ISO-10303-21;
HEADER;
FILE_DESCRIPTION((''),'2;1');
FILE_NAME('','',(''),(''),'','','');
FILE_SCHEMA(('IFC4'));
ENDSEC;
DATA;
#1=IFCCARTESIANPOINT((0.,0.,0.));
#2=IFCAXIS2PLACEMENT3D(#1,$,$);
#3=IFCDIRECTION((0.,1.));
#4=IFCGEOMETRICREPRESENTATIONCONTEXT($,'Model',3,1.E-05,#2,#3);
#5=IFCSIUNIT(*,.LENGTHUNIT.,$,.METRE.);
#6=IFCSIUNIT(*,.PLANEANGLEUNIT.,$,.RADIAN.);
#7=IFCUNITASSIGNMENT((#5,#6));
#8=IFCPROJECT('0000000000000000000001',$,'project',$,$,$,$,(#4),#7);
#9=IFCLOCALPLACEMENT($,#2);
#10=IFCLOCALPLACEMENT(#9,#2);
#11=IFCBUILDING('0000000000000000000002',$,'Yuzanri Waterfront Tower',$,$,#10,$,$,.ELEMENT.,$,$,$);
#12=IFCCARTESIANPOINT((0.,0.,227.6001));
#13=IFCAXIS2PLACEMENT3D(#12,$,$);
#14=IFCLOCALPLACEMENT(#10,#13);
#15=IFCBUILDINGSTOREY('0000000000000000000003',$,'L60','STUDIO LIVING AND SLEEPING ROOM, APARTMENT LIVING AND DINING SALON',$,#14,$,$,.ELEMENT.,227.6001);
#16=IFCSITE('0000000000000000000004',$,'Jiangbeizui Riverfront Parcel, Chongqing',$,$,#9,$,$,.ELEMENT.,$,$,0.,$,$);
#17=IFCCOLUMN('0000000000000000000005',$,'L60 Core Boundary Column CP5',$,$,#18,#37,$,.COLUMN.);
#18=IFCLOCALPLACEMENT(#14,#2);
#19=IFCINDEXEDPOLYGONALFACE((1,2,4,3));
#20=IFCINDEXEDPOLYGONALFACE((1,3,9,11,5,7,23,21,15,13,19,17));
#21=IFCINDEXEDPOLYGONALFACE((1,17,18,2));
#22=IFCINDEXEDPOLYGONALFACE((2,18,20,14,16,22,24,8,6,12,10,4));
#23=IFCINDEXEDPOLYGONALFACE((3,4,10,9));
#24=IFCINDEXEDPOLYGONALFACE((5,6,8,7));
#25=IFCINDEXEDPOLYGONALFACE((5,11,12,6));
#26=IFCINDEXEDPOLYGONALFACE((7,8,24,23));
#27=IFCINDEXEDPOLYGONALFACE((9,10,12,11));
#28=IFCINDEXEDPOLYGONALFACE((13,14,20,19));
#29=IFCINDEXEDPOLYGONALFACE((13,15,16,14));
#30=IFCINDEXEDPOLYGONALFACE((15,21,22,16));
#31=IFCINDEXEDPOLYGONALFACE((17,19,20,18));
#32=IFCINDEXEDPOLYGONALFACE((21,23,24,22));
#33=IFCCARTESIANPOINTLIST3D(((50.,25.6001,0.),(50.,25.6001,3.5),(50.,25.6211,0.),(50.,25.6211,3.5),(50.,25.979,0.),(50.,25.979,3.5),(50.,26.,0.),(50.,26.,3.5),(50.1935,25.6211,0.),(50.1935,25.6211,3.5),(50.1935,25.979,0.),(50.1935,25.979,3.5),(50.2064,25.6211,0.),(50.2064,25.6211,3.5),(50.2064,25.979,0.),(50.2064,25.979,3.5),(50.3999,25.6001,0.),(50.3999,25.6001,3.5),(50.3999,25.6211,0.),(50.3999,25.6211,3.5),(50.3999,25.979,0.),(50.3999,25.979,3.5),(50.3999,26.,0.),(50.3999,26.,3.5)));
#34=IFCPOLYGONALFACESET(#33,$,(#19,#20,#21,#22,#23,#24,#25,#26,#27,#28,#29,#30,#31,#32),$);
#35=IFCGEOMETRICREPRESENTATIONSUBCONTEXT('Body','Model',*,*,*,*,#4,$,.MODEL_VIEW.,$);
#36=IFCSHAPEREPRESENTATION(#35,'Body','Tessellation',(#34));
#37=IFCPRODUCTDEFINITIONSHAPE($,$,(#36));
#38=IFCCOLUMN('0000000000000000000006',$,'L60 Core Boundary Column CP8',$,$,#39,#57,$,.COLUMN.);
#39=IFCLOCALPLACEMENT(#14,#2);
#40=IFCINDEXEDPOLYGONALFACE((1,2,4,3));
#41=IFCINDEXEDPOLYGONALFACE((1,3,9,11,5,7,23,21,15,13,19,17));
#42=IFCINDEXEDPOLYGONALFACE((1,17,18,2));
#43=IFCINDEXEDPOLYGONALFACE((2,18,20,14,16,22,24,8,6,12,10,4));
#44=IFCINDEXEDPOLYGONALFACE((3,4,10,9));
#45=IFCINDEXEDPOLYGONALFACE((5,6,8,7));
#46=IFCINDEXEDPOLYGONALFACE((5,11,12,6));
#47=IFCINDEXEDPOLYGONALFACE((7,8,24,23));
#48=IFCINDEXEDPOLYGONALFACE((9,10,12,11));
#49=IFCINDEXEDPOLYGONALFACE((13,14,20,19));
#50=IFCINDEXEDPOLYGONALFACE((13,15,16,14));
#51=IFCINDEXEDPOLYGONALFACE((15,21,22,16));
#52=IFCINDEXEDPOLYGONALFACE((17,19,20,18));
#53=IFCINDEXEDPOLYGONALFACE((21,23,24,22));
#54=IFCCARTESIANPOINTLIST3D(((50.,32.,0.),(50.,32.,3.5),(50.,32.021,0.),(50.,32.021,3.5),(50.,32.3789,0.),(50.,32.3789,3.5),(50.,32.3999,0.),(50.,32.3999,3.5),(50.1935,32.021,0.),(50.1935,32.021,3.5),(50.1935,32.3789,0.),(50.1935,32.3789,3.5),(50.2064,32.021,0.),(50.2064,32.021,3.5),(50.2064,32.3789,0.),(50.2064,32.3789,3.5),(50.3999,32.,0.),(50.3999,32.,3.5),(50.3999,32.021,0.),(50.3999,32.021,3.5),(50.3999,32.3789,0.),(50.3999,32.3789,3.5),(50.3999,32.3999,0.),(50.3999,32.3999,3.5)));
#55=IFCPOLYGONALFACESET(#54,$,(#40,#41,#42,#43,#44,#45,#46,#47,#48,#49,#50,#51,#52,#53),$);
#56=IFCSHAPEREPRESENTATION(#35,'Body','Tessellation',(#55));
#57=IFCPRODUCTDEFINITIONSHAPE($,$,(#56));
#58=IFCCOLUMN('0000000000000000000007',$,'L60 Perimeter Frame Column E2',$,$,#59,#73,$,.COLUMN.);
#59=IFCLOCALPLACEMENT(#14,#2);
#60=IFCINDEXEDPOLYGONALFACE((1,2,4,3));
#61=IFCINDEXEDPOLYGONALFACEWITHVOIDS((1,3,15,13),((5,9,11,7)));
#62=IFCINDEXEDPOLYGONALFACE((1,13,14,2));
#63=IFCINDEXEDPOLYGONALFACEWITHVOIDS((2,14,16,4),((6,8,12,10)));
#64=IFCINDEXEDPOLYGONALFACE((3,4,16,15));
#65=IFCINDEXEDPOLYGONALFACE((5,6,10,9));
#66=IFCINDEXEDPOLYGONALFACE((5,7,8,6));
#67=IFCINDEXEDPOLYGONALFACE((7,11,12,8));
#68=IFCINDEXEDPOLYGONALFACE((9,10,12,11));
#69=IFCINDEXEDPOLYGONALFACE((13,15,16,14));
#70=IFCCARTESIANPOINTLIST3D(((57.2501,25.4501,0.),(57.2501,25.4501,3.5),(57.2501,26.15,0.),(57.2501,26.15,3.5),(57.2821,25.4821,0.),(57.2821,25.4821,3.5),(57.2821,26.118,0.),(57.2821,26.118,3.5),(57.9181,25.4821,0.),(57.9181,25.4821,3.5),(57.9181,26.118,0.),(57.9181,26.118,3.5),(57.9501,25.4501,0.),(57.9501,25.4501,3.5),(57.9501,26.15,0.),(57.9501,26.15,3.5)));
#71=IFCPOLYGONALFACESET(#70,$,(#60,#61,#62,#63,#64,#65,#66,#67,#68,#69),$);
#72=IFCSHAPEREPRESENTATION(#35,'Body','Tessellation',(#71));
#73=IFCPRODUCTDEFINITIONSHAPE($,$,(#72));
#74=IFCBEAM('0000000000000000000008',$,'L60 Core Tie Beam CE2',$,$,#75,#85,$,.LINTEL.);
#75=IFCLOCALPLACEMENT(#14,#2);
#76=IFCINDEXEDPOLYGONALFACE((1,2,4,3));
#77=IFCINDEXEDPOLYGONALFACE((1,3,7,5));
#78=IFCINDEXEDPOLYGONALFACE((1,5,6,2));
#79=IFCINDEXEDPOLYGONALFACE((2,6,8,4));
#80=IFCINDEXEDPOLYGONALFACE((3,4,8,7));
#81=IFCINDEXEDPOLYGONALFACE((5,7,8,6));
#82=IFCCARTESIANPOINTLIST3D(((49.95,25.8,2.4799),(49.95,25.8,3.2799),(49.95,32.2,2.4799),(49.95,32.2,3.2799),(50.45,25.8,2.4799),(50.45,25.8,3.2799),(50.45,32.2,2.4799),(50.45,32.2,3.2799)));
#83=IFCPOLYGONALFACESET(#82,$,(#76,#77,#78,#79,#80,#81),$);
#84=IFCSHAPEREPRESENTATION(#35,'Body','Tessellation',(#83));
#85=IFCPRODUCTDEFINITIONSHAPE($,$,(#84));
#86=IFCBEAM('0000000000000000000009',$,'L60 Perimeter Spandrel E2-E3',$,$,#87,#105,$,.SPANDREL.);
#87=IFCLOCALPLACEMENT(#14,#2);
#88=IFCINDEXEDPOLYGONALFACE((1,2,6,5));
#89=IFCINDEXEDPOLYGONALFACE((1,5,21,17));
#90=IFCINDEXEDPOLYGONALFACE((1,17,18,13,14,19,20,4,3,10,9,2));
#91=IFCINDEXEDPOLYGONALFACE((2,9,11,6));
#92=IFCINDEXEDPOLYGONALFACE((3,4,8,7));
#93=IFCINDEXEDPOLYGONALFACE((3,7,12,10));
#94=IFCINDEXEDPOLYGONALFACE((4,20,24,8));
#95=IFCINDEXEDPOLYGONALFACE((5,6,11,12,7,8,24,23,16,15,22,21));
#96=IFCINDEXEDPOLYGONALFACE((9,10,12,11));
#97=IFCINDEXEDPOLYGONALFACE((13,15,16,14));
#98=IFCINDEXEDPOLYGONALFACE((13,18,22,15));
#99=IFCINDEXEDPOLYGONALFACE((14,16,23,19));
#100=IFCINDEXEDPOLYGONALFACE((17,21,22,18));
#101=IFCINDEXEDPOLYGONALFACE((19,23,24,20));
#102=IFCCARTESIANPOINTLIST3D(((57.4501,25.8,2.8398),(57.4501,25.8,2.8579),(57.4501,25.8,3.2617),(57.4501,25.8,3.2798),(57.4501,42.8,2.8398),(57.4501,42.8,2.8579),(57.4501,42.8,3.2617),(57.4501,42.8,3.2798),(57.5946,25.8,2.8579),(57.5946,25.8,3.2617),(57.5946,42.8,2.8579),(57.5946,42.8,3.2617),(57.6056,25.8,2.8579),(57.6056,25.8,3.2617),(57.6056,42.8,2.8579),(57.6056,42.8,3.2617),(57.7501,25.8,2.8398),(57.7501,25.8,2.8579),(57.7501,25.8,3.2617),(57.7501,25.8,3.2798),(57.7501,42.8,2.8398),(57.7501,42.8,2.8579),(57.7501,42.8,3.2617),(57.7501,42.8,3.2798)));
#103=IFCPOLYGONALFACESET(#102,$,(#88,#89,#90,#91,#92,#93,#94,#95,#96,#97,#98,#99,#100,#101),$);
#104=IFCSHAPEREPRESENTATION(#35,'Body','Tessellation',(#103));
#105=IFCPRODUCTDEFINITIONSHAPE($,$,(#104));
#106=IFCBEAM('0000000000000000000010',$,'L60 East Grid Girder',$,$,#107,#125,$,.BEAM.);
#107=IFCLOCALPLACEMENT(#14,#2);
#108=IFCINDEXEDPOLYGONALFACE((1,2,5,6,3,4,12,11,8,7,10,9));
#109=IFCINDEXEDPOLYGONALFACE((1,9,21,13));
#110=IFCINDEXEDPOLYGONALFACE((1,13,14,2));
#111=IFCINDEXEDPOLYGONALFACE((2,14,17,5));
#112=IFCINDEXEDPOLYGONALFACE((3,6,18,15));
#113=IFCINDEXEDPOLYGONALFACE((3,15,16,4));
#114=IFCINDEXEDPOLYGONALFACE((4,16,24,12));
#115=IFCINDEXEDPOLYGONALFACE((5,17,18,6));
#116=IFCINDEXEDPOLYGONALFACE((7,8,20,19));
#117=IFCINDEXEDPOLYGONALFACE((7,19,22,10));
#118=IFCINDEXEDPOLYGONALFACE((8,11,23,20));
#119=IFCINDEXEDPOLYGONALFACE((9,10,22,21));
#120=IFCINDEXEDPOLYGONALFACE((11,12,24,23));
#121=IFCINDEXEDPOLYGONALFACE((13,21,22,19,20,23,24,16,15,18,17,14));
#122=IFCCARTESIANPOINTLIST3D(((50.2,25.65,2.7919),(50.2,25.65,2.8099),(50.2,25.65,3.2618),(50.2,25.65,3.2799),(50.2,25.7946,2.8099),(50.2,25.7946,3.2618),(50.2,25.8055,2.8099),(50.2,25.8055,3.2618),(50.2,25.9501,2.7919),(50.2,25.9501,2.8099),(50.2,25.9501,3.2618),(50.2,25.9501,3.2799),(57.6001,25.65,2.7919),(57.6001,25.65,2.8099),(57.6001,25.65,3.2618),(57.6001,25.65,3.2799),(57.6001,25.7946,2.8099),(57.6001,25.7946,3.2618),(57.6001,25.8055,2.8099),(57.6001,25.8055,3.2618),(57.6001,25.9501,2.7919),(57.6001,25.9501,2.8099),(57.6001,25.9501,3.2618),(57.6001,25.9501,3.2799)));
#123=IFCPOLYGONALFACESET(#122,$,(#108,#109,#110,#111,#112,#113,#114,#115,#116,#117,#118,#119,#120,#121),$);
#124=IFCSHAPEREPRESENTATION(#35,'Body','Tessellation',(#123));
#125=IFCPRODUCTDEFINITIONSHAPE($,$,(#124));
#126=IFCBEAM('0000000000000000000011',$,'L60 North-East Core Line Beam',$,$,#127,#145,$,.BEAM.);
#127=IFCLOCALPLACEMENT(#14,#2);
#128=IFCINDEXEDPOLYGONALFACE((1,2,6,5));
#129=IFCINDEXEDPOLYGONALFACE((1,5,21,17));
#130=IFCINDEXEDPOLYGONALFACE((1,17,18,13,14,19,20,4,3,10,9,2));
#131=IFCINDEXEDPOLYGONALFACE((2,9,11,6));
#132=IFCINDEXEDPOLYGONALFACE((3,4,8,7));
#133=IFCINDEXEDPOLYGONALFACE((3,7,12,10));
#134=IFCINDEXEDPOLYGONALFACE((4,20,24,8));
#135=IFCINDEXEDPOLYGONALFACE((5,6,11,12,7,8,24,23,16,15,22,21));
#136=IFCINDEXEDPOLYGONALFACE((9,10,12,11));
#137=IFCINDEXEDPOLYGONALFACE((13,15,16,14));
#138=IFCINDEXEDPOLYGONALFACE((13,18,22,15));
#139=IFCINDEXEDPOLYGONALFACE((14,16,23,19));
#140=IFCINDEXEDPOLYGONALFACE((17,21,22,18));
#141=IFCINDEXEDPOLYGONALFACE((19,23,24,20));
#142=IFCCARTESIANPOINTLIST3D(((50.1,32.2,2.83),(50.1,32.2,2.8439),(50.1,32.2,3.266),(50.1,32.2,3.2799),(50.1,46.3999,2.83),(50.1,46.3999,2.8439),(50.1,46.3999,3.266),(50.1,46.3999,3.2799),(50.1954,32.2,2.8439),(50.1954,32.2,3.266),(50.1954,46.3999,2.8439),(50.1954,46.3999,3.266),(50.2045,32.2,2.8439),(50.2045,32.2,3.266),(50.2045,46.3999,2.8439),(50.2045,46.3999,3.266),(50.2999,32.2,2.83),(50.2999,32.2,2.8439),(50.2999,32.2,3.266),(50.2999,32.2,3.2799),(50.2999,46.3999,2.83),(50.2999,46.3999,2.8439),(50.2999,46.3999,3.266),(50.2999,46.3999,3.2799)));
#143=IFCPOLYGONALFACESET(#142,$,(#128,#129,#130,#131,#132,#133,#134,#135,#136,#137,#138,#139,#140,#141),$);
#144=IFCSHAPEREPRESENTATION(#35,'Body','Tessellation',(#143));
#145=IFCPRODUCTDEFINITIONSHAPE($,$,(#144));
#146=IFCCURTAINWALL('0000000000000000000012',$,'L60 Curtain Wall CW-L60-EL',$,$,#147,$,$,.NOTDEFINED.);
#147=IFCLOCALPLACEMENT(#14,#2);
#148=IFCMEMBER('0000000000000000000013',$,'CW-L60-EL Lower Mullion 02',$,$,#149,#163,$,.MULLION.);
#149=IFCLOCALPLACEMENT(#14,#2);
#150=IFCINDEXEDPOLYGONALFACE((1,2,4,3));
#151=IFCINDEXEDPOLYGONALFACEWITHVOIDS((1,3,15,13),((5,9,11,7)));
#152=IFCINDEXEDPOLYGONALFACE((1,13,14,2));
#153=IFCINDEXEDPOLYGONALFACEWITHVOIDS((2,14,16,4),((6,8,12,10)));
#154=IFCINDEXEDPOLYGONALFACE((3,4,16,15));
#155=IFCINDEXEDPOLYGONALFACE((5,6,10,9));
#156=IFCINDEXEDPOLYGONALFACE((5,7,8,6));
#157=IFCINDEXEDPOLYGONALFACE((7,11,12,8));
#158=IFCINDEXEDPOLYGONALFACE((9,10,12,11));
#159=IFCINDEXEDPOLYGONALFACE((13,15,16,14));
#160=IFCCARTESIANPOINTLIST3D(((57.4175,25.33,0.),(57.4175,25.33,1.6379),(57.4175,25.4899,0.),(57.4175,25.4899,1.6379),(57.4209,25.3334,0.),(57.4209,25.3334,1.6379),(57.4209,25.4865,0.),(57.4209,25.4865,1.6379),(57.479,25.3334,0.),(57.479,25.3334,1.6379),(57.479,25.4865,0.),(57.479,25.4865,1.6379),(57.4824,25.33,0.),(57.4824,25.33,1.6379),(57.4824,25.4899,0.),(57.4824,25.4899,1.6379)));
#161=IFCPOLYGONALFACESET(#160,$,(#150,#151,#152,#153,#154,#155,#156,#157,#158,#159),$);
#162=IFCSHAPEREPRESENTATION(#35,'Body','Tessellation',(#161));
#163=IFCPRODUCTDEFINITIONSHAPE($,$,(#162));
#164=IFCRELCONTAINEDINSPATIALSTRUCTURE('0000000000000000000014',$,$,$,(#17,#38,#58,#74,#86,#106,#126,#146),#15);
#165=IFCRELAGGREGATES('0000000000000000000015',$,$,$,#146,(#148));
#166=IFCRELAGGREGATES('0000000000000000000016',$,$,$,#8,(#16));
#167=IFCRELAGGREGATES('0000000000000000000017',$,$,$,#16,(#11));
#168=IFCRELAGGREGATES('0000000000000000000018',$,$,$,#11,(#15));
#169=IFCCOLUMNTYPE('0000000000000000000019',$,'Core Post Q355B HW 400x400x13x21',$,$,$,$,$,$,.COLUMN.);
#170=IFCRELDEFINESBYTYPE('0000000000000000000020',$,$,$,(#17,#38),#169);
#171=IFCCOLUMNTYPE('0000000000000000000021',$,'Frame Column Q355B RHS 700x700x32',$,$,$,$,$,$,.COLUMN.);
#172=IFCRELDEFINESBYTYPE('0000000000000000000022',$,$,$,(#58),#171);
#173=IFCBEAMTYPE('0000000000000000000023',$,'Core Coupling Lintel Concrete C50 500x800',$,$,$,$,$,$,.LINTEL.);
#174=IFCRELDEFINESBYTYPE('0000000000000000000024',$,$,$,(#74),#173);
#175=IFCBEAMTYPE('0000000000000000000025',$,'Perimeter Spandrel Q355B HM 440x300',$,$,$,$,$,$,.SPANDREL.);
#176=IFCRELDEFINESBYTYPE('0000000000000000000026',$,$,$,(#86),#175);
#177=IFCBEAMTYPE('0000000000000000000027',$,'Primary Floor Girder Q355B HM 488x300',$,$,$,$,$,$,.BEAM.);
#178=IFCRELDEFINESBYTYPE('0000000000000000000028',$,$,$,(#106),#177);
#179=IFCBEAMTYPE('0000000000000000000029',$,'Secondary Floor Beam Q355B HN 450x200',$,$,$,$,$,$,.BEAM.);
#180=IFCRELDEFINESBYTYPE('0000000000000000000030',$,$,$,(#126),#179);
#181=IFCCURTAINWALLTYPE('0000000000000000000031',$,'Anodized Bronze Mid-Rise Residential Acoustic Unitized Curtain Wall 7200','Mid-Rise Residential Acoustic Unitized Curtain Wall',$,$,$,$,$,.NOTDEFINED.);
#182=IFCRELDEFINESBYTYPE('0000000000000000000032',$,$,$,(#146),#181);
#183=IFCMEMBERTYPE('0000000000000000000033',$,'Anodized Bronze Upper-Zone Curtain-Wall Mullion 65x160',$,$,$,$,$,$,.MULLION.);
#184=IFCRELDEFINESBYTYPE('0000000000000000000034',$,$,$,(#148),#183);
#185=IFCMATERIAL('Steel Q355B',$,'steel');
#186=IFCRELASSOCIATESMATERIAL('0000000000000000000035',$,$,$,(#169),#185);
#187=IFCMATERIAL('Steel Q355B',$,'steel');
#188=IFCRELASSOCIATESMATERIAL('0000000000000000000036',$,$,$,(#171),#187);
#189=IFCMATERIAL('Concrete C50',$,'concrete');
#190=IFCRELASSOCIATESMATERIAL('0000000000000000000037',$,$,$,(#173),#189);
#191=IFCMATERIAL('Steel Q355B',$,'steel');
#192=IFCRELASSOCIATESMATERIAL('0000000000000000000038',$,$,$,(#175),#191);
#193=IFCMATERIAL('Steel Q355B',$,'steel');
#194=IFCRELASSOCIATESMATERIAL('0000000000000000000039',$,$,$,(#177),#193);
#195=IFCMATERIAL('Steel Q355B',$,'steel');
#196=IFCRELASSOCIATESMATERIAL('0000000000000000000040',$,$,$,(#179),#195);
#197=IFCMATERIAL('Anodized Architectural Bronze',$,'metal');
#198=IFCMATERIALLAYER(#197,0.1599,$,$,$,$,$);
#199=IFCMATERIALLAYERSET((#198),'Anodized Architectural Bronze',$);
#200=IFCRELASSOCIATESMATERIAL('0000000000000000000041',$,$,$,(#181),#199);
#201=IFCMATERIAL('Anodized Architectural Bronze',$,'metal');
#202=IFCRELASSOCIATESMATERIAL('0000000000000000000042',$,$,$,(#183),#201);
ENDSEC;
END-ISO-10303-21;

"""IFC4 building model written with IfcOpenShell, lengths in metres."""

from ifc_helpers import new_model, si_unit, direction, frame, origin, origin_2d, place, context, subcontext, project, spatial, rectangle, hollow_rectangle, i_section, extrude, source, transform, mapped, material, layer, layer_set, material_profile, profile_set, type_object, element, aggregate, save


model = new_model("IFC4")

# Units and contexts
model_context = context("Model", 3, precision=1e-05, world=origin(), true_north=direction((0.0, 1.0)))
body_context = subcontext(model_context, "Body", "Model", "MODEL_VIEW")
ifc_project = project(units=[si_unit("LENGTHUNIT", "METRE"), si_unit("PLANEANGLEUNIT", "RADIAN")], contexts=[model_context])

# Site, building, storey
site_placement = place(None, origin())
site = spatial("IfcSite", under=ifc_project, at=site_placement, Name="Jiangbeizui Riverfront Parcel, Chongqing", CompositionType="ELEMENT", RefElevation=0.0)
building_placement = place(site_placement, origin())
building = spatial("IfcBuilding", under=site, at=building_placement, Name="Yuzanri Waterfront Tower", CompositionType="ELEMENT")
storey_placement = place(building_placement, frame((0.0, 0.0, 227.6001)))
storey = spatial("IfcBuildingStorey", under=building, at=storey_placement, Name="L60", Description="STUDIO LIVING AND SLEEPING ROOM, APARTMENT LIVING AND DINING SALON", CompositionType="ELEMENT", Elevation=227.6001)

# Columns
ifc_material_1 = material(Name="Steel Q355B", Category="steel")
ifc_material_profile_1 = material_profile(ifc_material_1, i_section(OverallWidth=0.3999, OverallDepth=0.3999, WebThickness=0.0129, FlangeThickness=0.021, at=origin_2d()), Name="HW 400x400x13x21")
ifc_profile_set_1 = profile_set([ifc_material_profile_1], Name="Steel Q355B")
column_type_1 = type_object("IfcColumnType", Name="Core Post Q355B HW 400x400x13x21", PredefinedType="COLUMN", material=ifc_profile_set_1)
shared_shape_1 = source(origin(), body_context, "Body", "SweptSolid", [
    extrude(i_section(OverallWidth=0.3999, OverallDepth=0.3999, WebThickness=0.0129, FlangeThickness=0.021, at=origin_2d()), origin(), (0.0, 0.0, 1.0), 3.5),
])
for number, where, z_axis, x_axis, name in (
    (1, (50.2, 25.8, 0.0), (0.0, 0.0, 1.0), (1.0, 0.0, 0.0), "L60 Core Boundary Column CP5"),
    (2, (50.2, 32.2, 0.0), (0.0, 0.0, 1.0), (1.0, 0.0, 0.0), "L60 Core Boundary Column CP8"),
):
    element("IfcColumn", number, at=place(storey_placement, frame(where, z_axis=z_axis, x_axis=x_axis)), inside=storey, type_object=column_type_1, Name=name, PredefinedType="COLUMN", context=body_context, shape_type="MappedRepresentation", body=[
        mapped(shared_shape_1, transform((0.0, 0.0, 0.0), scale=1.0)),
    ])
ifc_material_2 = material(Name="Steel Q355B", Category="steel")
ifc_material_profile_2 = material_profile(ifc_material_2, hollow_rectangle(XDim=0.7, YDim=0.7, WallThickness=0.032, at=origin_2d()), Name="RHS 700x700x32")
ifc_profile_set_2 = profile_set([ifc_material_profile_2], Name="Steel Q355B")
column_type_2 = type_object("IfcColumnType", Name="Frame Column Q355B RHS 700x700x32", PredefinedType="COLUMN", material=ifc_profile_set_2)
shared_shape_2 = source(origin(), body_context, "Body", "SweptSolid", [
    extrude(hollow_rectangle(XDim=0.7, YDim=0.7, WallThickness=0.032, at=origin_2d()), origin(), (0.0, 0.0, 1.0), 3.5),
])
column_placement = place(storey_placement, frame((57.6001, 25.8, 0.0), z_axis=(0.0, 0.0, 1.0), x_axis=(1.0, 0.0, 0.0)))
element("IfcColumn", 3, at=column_placement, inside=storey, type_object=column_type_2, Name="L60 Perimeter Frame Column E2", PredefinedType="COLUMN", context=body_context, shape_type="MappedRepresentation", body=[
    mapped(shared_shape_2, transform((0.0, 0.0, 0.0), scale=1.0)),
])

# Beams
ifc_material_3 = material(Name="Concrete C50", Category="concrete")
ifc_material_profile_3 = material_profile(ifc_material_3, rectangle(XDim=0.5, YDim=0.8, at=origin_2d()), Name="RC 500x800")
ifc_profile_set_3 = profile_set([ifc_material_profile_3], Name="Concrete C50")
beam_type_1 = type_object("IfcBeamType", Name="Core Coupling Lintel Concrete C50 500x800", PredefinedType="LINTEL", material=ifc_profile_set_3)
shared_shape_3 = source(origin(), body_context, "Body", "SweptSolid", [
    extrude(rectangle(XDim=0.5, YDim=0.8, at=origin_2d()), origin(), (0.0, 0.0, 1.0), 6.3999),
])
beam_1_placement = place(storey_placement, frame((50.2, 25.8, 2.8799), z_axis=(0.0, 1.0, 0.0), x_axis=(-1.0, 0.0, 0.0)))
element("IfcBeam", 4, at=beam_1_placement, inside=storey, type_object=beam_type_1, Name="L60 Core Tie Beam CE2", PredefinedType="LINTEL", context=body_context, shape_type="MappedRepresentation", body=[
    mapped(shared_shape_3, transform((0.0, 0.0, 0.0), scale=1.0)),
])
ifc_material_4 = material(Name="Steel Q355B", Category="steel")
ifc_material_profile_4 = material_profile(ifc_material_4, i_section(OverallWidth=0.3, OverallDepth=0.4399, WebThickness=0.011, FlangeThickness=0.0181, at=origin_2d()), Name="HM 440x300x11x18")
ifc_profile_set_4 = profile_set([ifc_material_profile_4], Name="Steel Q355B")
beam_type_2 = type_object("IfcBeamType", Name="Perimeter Spandrel Q355B HM 440x300", PredefinedType="SPANDREL", material=ifc_profile_set_4)
shared_shape_4 = source(origin(), body_context, "Body", "SweptSolid", [
    extrude(i_section(OverallWidth=0.3, OverallDepth=0.4399, WebThickness=0.011, FlangeThickness=0.0181, at=origin_2d()), origin(), (0.0, 0.0, 1.0), 17.0),
])
beam_2_placement = place(storey_placement, frame((57.6001, 25.8, 3.0598), z_axis=(0.0, 1.0, 0.0), x_axis=(-1.0, 0.0, 0.0)))
element("IfcBeam", 5, at=beam_2_placement, inside=storey, type_object=beam_type_2, Name="L60 Perimeter Spandrel E2-E3", PredefinedType="SPANDREL", context=body_context, shape_type="MappedRepresentation", body=[
    mapped(shared_shape_4, transform((0.0, 0.0, 0.0), scale=1.0)),
])
ifc_material_5 = material(Name="Steel Q355B", Category="steel")
ifc_material_profile_5 = material_profile(ifc_material_5, i_section(OverallWidth=0.3, OverallDepth=0.488, WebThickness=0.011, FlangeThickness=0.0181, at=origin_2d()), Name="HM 488x300x11x18")
ifc_profile_set_5 = profile_set([ifc_material_profile_5], Name="Steel Q355B")
beam_type_3 = type_object("IfcBeamType", Name="Primary Floor Girder Q355B HM 488x300", PredefinedType="BEAM", material=ifc_profile_set_5)
shared_shape_5 = source(origin(), body_context, "Body", "SweptSolid", [
    extrude(i_section(OverallWidth=0.3, OverallDepth=0.488, WebThickness=0.011, FlangeThickness=0.0181, at=origin_2d()), origin(), (0.0, 0.0, 1.0), 7.4001),
])
beam_3_placement = place(storey_placement, frame((50.2, 25.8, 3.0359), z_axis=(1.0, 0.0, 0.0), x_axis=(0.0, 1.0, 0.0)))
element("IfcBeam", 6, at=beam_3_placement, inside=storey, type_object=beam_type_3, Name="L60 East Grid Girder", PredefinedType="BEAM", context=body_context, shape_type="MappedRepresentation", body=[
    mapped(shared_shape_5, transform((0.0, 0.0, 0.0), scale=1.0)),
])
ifc_material_6 = material(Name="Steel Q355B", Category="steel")
ifc_material_profile_6 = material_profile(ifc_material_6, i_section(OverallWidth=0.2, OverallDepth=0.45, WebThickness=0.009, FlangeThickness=0.0139, at=origin_2d()), Name="HN 450x200x9x14")
ifc_profile_set_6 = profile_set([ifc_material_profile_6], Name="Steel Q355B")
beam_type_4 = type_object("IfcBeamType", Name="Secondary Floor Beam Q355B HN 450x200", PredefinedType="BEAM", material=ifc_profile_set_6)
shared_shape_6 = source(origin(), body_context, "Body", "SweptSolid", [
    extrude(i_section(OverallWidth=0.2, OverallDepth=0.45, WebThickness=0.009, FlangeThickness=0.0139, at=origin_2d()), origin(), (0.0, 0.0, 1.0), 14.2),
])
beam_4_placement = place(storey_placement, frame((50.2, 32.2, 3.0549), z_axis=(0.0, 1.0, 0.0), x_axis=(-1.0, 0.0, 0.0)))
element("IfcBeam", 7, at=beam_4_placement, inside=storey, type_object=beam_type_4, Name="L60 North-East Core Line Beam", PredefinedType="BEAM", context=body_context, shape_type="MappedRepresentation", body=[
    mapped(shared_shape_6, transform((0.0, 0.0, 0.0), scale=1.0)),
])

# Curtain wall, member
ifc_material_7 = material(Name="Anodized Architectural Bronze", Category="metal")
ifc_layer_1 = layer(ifc_material_7, 0.1599)
ifc_layer_set_1 = layer_set([ifc_layer_1], Name="Anodized Architectural Bronze")
curtain_wall_type = type_object("IfcCurtainWallType", Name="Anodized Bronze Mid-Rise Residential Acoustic Unitized Curtain Wall 7200", Description="Mid-Rise Residential Acoustic Unitized Curtain Wall", PredefinedType="NOTDEFINED", material=ifc_layer_set_1)
curtain_wall_1_placement = place(storey_placement, origin())
curtain_wall_1 = element("IfcCurtainWall", 8, at=curtain_wall_1_placement, inside=storey, type_object=curtain_wall_type, Name="L60 Curtain Wall CW-L60-EL", PredefinedType="NOTDEFINED")
ifc_material_8 = material(Name="Anodized Architectural Bronze", Category="metal")
ifc_material_profile_7 = material_profile(ifc_material_8, hollow_rectangle(XDim=0.0649, YDim=0.1599, WallThickness=0.0034, at=origin_2d()), Name="CWM 65x160")
ifc_profile_set_7 = profile_set([ifc_material_profile_7], Name="Anodized Architectural Bronze")
member_type_1 = type_object("IfcMemberType", Name="Anodized Bronze Upper-Zone Curtain-Wall Mullion 65x160", PredefinedType="MULLION", material=ifc_profile_set_7)
shared_shape_7 = source(origin(), body_context, "Body", "SweptSolid", [
    extrude(hollow_rectangle(XDim=0.0649, YDim=0.1599, WallThickness=0.0034, at=origin_2d()), origin(), (0.0, 0.0, 1.0), 1.6379),
])
member_1_placement = place(storey_placement, frame((57.45, 25.4099, 0.0), z_axis=(0.0, 0.0, 1.0), x_axis=(1.0, 0.0, 0.0)))
member_1 = element("IfcMember", 9, at=member_1_placement, type_object=member_type_1, Name="CW-L60-EL Lower Mullion 02", PredefinedType="MULLION", context=body_context, shape_type="MappedRepresentation", body=[
    mapped(shared_shape_7, transform((0.0, 0.0, 0.0), scale=1.0)),
])
aggregate(curtain_wall_1, [member_1])

save(model, "model.ifc")
